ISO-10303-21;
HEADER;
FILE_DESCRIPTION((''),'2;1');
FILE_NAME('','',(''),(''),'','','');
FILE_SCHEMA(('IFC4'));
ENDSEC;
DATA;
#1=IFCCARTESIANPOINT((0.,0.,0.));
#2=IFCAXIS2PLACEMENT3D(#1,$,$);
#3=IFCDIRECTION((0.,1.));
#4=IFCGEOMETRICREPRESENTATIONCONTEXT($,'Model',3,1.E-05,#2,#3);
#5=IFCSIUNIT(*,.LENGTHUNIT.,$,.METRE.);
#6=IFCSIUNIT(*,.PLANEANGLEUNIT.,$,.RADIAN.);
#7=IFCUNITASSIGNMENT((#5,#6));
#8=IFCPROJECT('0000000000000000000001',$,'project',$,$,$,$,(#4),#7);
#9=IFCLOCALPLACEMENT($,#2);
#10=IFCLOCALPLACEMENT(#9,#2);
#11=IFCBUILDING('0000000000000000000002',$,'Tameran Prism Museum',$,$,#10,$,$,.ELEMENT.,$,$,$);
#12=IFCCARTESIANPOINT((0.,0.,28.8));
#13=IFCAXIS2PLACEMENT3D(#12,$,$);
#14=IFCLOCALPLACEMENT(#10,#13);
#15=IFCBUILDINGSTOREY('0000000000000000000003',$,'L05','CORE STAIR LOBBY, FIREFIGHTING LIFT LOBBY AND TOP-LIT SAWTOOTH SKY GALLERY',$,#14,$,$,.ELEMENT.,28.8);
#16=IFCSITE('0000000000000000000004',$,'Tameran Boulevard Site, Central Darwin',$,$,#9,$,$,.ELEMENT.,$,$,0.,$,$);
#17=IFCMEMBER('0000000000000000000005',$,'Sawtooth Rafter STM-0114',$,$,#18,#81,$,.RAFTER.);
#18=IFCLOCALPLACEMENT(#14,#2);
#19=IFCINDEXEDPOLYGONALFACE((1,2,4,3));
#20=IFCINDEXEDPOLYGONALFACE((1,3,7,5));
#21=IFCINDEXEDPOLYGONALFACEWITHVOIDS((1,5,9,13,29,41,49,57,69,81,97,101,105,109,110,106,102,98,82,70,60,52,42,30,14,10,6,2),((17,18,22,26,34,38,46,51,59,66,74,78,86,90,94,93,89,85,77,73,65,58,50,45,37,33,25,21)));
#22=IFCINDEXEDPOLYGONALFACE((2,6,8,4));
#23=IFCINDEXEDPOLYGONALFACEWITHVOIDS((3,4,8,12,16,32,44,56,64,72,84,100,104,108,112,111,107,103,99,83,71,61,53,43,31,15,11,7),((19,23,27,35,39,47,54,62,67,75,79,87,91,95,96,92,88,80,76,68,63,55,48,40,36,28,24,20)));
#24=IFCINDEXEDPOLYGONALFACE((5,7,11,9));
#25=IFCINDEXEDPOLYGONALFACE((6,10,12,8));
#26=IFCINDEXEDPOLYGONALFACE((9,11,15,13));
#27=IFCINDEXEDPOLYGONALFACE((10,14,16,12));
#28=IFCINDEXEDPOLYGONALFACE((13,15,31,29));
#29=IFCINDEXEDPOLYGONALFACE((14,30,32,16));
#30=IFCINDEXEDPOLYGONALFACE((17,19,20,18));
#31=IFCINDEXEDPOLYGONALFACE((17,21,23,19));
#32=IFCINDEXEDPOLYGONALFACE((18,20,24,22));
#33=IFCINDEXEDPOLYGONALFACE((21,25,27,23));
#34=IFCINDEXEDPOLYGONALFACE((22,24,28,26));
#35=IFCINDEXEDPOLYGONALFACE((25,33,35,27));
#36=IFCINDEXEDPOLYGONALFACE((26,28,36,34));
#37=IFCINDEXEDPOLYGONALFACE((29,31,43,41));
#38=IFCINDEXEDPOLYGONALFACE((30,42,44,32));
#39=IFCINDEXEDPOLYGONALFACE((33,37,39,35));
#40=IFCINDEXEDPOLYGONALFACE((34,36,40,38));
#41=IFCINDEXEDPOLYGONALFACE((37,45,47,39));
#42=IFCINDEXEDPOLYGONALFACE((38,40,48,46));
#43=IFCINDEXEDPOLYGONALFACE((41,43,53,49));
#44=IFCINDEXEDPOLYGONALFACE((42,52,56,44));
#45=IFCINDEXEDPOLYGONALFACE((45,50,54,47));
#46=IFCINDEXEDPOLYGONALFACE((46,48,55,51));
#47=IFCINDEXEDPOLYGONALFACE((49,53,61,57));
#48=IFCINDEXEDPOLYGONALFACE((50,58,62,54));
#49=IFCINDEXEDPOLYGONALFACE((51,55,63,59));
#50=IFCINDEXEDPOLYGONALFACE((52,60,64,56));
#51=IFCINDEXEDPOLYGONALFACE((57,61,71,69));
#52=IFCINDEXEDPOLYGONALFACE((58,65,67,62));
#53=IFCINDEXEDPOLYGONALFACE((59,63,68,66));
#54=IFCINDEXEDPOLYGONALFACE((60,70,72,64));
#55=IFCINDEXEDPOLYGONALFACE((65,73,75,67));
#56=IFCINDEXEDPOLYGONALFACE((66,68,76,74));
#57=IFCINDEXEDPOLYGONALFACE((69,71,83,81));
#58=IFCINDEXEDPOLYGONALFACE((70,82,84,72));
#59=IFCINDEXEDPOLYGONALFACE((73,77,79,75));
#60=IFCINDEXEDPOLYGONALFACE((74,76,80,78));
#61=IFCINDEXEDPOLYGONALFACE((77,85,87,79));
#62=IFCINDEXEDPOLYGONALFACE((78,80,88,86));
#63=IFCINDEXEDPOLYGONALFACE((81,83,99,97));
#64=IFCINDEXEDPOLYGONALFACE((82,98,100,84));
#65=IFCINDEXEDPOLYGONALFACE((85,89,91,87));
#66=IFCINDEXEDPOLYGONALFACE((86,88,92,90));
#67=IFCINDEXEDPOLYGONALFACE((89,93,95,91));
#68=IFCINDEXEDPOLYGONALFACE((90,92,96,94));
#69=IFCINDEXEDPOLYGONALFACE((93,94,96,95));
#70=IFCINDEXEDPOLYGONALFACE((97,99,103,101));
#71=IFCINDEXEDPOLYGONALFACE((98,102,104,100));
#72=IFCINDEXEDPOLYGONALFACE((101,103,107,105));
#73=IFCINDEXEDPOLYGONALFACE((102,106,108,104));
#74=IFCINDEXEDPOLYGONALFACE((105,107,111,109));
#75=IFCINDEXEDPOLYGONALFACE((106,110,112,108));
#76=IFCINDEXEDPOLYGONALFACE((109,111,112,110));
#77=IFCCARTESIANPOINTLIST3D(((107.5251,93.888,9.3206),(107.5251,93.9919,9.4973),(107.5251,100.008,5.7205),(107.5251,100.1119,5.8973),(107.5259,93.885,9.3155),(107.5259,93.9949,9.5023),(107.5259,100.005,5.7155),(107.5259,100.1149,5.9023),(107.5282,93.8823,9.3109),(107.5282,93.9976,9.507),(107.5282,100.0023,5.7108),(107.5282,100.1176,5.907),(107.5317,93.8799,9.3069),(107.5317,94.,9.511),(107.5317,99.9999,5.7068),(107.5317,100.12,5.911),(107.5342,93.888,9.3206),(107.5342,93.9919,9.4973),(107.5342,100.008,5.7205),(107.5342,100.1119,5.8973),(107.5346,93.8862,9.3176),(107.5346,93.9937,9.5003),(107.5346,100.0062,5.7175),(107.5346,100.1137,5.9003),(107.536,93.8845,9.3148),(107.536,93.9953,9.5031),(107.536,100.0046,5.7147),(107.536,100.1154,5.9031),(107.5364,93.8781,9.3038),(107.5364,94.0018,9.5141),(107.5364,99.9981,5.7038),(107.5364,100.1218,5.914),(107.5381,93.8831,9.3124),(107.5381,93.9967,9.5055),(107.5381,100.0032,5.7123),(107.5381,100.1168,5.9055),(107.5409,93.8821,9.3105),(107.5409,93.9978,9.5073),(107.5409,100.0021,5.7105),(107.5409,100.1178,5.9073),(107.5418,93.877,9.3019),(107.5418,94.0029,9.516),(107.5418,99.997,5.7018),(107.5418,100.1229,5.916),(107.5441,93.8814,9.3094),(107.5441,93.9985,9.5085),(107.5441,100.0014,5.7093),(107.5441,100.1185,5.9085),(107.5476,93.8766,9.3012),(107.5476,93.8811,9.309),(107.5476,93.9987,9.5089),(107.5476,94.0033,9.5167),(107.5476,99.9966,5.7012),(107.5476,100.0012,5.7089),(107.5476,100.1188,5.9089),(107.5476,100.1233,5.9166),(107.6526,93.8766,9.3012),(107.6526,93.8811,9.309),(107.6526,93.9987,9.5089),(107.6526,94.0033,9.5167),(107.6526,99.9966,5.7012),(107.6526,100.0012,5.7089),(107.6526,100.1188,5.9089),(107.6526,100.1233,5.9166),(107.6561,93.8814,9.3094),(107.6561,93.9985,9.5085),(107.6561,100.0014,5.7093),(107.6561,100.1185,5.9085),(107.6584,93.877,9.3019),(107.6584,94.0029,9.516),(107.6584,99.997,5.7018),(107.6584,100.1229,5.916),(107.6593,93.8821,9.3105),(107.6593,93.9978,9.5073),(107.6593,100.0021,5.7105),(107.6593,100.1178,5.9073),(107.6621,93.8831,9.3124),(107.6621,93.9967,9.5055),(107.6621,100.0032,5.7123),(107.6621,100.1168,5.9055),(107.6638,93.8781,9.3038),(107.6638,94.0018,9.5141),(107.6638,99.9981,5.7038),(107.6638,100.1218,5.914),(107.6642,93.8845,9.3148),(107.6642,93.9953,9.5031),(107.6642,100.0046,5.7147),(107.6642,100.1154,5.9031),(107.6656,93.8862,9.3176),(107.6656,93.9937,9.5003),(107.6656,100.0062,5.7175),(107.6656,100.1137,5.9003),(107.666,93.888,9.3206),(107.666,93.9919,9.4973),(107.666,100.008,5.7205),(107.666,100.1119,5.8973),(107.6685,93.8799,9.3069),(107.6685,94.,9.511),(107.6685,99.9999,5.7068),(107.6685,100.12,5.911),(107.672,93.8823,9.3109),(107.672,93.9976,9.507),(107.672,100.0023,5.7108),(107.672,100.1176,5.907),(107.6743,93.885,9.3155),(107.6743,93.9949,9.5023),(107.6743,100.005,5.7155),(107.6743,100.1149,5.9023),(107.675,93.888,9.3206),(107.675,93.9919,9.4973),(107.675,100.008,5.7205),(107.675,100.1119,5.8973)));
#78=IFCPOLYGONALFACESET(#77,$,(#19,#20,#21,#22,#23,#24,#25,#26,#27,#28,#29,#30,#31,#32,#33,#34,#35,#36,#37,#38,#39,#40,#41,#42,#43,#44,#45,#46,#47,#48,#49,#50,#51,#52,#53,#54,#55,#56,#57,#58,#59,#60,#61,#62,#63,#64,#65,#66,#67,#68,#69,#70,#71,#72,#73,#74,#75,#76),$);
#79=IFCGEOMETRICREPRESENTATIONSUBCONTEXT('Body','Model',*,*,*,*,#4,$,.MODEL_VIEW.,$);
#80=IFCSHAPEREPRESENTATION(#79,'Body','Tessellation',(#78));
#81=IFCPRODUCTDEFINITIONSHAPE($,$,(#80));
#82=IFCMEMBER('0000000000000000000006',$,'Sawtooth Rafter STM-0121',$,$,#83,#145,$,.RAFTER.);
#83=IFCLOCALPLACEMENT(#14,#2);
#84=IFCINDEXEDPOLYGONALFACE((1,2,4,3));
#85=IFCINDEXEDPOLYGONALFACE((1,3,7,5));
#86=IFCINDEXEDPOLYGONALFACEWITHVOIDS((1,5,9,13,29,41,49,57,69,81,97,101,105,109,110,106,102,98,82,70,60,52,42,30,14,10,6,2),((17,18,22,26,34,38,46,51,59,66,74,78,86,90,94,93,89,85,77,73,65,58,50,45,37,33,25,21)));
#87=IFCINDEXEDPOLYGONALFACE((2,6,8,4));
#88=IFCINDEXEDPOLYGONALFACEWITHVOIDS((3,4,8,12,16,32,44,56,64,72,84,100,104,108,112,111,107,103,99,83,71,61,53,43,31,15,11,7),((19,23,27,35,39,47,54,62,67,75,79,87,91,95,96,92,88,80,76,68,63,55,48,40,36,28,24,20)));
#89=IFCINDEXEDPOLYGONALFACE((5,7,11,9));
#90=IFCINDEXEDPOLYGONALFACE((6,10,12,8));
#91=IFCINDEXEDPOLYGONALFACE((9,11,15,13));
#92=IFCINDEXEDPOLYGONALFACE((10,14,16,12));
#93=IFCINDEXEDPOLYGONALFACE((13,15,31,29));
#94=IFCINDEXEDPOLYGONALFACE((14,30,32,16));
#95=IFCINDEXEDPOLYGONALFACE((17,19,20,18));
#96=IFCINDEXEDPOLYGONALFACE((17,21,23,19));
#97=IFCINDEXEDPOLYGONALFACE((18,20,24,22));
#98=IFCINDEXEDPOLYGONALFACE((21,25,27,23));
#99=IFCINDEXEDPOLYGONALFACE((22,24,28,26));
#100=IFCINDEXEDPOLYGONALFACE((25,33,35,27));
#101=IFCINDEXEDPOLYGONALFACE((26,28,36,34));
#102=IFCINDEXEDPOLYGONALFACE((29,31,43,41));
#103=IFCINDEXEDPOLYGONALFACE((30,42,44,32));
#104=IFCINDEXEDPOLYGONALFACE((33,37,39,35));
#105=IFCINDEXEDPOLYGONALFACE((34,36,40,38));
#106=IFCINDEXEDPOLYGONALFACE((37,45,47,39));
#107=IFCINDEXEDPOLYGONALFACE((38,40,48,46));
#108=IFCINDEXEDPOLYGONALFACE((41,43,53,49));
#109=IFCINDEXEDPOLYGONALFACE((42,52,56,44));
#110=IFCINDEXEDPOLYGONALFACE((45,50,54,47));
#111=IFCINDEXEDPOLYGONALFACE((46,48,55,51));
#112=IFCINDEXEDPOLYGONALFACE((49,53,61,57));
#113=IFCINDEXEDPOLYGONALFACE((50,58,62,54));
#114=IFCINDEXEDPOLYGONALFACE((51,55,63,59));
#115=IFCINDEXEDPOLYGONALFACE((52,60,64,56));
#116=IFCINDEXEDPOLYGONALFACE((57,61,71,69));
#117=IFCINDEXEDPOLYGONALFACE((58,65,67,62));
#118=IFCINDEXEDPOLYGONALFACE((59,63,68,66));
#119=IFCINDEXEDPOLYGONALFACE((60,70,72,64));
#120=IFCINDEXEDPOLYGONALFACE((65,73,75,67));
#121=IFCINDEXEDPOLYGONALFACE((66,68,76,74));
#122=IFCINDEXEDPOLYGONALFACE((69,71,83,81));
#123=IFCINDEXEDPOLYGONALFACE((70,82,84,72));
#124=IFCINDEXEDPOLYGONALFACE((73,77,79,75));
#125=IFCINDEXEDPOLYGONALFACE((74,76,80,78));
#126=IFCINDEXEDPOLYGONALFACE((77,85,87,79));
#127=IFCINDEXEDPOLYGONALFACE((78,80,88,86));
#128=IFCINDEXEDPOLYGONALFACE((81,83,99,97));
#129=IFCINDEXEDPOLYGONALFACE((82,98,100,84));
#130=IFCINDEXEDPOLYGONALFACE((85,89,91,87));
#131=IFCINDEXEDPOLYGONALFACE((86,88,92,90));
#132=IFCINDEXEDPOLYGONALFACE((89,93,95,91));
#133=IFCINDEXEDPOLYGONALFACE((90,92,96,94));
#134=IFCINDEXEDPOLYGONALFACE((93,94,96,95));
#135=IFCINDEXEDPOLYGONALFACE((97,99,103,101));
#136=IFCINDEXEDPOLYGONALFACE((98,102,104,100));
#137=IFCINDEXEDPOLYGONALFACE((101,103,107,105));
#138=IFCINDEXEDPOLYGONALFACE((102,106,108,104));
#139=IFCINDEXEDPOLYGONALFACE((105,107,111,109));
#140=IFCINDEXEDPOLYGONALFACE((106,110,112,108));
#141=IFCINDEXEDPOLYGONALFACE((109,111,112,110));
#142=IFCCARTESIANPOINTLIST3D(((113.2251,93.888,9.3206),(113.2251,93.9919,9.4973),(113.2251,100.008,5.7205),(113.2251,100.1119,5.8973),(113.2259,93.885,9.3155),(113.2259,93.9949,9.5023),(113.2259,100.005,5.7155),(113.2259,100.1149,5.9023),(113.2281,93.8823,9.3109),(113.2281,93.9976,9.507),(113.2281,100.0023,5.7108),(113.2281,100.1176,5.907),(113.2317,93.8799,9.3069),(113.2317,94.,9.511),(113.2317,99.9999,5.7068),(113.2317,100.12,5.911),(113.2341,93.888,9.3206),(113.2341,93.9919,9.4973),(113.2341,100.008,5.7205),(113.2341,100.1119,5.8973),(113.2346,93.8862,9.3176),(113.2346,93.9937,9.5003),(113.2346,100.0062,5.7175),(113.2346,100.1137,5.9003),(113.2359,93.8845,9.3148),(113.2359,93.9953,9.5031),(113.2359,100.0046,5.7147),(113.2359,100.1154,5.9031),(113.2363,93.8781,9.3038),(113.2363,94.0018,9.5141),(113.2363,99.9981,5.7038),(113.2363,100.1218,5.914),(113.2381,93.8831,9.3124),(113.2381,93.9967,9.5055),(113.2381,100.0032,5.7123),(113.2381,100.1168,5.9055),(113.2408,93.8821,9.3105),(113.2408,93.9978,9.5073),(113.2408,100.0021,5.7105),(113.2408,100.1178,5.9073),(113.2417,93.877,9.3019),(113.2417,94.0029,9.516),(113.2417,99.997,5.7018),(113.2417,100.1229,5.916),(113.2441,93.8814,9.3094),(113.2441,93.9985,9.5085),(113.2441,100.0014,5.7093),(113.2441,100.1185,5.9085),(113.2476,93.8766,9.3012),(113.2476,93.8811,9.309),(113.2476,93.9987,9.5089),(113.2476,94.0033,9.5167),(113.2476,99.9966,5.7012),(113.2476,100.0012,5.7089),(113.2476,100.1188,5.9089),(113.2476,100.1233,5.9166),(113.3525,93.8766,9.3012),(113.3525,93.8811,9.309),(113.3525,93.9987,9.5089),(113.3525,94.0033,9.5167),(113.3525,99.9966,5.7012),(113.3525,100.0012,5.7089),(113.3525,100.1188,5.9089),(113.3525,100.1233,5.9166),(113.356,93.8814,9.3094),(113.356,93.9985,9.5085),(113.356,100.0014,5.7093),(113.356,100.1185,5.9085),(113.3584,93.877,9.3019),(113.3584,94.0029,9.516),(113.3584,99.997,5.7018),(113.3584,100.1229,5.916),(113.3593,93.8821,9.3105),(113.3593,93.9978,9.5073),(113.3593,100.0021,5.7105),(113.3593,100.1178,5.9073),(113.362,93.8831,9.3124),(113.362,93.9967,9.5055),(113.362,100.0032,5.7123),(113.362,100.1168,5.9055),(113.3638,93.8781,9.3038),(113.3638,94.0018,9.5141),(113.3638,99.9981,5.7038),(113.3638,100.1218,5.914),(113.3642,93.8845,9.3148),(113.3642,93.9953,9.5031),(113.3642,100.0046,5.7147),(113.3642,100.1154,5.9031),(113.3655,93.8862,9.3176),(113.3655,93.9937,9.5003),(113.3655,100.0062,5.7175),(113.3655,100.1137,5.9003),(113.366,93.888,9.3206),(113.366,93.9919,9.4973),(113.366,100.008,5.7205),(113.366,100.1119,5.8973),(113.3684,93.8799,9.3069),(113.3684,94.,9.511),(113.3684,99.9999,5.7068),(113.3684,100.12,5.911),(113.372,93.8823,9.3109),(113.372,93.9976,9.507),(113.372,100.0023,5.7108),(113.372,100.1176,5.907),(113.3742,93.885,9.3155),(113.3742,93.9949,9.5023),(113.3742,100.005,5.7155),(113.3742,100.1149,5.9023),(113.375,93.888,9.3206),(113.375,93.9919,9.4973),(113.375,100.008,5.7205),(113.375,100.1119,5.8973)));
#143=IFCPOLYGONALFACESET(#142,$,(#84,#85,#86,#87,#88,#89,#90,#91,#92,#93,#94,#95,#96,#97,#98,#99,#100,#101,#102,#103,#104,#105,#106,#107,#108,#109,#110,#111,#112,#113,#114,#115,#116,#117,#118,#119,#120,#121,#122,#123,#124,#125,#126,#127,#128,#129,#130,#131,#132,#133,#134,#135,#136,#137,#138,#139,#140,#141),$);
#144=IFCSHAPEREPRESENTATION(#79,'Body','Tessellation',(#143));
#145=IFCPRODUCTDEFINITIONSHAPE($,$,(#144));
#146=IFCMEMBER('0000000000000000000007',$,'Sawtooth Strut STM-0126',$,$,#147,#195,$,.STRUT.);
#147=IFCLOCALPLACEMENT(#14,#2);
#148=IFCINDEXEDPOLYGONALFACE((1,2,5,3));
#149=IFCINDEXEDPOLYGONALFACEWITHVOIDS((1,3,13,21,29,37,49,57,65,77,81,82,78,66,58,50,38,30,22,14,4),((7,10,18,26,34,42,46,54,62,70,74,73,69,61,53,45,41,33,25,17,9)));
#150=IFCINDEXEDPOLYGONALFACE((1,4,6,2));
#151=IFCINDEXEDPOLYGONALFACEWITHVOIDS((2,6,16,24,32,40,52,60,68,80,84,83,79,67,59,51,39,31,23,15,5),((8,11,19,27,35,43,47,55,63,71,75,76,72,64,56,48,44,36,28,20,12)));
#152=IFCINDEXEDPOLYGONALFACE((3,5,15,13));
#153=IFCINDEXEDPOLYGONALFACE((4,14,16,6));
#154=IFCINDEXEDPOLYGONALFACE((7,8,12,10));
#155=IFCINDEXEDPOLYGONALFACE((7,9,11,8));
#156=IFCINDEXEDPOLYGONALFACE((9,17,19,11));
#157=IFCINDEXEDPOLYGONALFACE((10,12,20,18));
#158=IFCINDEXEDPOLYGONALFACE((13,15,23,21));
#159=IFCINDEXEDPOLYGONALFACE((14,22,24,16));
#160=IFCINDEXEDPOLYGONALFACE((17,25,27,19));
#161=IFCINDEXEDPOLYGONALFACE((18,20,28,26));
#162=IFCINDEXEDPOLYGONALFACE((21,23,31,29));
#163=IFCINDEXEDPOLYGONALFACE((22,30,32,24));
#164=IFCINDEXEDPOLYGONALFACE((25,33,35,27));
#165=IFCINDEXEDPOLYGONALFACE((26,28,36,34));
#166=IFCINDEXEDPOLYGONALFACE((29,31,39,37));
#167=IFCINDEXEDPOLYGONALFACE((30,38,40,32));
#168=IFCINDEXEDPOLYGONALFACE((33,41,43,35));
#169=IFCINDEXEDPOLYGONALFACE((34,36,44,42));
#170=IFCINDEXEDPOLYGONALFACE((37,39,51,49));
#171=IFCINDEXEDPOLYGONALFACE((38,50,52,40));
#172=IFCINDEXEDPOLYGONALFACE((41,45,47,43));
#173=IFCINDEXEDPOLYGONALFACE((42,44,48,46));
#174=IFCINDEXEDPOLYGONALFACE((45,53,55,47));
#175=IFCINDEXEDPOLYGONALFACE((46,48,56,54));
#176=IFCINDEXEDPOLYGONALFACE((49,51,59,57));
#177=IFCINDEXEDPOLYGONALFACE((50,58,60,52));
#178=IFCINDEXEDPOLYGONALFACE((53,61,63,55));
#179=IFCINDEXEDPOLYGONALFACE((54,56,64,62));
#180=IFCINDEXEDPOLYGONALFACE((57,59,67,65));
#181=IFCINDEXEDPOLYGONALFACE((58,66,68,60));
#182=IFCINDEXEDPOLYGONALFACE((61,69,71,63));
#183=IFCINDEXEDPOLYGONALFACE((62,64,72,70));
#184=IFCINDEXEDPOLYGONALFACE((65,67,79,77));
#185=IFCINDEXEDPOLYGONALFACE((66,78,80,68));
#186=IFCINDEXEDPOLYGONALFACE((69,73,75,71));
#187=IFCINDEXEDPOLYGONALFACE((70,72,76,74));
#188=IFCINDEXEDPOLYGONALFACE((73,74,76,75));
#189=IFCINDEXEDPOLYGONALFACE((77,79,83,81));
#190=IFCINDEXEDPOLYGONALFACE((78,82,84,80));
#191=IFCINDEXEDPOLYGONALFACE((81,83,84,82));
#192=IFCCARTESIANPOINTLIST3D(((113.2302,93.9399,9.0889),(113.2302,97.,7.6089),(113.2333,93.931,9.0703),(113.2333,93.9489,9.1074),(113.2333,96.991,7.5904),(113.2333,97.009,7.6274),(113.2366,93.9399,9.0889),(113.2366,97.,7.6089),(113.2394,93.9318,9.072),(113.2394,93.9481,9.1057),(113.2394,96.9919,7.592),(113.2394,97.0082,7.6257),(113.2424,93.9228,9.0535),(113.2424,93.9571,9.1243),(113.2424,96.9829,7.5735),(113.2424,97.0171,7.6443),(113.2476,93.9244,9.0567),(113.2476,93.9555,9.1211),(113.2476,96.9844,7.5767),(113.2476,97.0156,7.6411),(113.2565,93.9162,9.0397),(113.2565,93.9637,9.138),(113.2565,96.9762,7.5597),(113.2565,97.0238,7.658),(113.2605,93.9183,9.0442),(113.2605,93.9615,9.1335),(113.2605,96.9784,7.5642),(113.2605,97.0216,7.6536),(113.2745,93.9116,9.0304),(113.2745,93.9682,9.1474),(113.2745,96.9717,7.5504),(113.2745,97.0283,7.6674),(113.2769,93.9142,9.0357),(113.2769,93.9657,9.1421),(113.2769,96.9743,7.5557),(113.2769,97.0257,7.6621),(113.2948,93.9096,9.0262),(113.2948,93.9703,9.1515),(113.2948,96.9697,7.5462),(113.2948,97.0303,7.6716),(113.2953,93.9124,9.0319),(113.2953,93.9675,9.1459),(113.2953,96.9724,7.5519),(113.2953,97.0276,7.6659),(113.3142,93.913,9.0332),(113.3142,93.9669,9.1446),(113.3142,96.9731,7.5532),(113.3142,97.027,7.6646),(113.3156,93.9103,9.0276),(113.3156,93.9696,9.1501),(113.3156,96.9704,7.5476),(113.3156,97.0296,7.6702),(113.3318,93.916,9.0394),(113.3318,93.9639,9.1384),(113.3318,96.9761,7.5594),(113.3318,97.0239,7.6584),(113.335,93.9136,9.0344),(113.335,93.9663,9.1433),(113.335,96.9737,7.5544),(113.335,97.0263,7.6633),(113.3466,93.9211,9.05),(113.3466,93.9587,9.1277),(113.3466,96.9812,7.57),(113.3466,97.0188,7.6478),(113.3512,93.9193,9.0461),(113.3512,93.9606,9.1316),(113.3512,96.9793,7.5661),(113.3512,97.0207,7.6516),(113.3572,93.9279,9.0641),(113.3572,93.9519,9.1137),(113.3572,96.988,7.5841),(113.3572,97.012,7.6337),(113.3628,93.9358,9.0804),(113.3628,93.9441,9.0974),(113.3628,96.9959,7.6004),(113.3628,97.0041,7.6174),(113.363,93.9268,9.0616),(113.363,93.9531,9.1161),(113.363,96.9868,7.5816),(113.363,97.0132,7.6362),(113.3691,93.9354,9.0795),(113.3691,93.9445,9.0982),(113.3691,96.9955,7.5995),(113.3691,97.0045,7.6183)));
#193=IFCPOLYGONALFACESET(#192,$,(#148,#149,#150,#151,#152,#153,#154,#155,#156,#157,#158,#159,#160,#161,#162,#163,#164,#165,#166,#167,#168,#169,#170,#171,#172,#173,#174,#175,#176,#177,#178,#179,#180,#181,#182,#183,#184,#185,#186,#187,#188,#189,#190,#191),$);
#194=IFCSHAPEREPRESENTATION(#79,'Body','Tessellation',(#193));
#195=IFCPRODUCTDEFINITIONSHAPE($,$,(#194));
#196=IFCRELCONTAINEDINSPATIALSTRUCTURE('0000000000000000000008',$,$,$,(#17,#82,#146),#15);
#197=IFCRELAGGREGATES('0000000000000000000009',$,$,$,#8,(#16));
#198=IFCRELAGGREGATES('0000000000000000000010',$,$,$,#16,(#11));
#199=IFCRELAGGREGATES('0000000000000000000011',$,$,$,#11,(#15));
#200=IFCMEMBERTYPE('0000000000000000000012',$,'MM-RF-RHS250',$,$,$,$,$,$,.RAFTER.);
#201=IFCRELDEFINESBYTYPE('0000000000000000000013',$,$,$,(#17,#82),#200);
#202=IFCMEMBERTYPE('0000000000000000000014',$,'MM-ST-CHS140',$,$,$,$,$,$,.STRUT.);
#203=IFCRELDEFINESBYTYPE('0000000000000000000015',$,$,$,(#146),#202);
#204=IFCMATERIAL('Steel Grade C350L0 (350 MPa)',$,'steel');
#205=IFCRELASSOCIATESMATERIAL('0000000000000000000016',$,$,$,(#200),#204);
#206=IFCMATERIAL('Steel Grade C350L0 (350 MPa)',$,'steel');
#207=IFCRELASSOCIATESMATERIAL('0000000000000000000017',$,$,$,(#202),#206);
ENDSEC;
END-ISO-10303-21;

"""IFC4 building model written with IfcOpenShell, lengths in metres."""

from ifc_helpers import new_model, si_unit, direction, frame, origin, origin_2d, place, context, subcontext, project, spatial, hollow_rectangle, hollow_circle, extrude, material, material_profile, profile_set, type_object, element, save


model = new_model("IFC4")

# Units and contexts
model_context = context("Model", 3, precision=1e-05, world=origin(), true_north=direction((0.0, 1.0)))
body_context = subcontext(model_context, "Body", "Model", "MODEL_VIEW")
ifc_project = project(units=[si_unit("LENGTHUNIT", "METRE"), si_unit("PLANEANGLEUNIT", "RADIAN")], contexts=[model_context])

# Site, building, storey
site_placement = place(None, origin())
site = spatial("IfcSite", under=ifc_project, at=site_placement, Name="Tameran Boulevard Site, Central Darwin", CompositionType="ELEMENT", RefElevation=0.0)
building_placement = place(site_placement, origin())
building = spatial("IfcBuilding", under=site, at=building_placement, Name="Tameran Prism Museum", CompositionType="ELEMENT")
storey_placement = place(building_placement, frame((0.0, 0.0, 28.8)))
storey = spatial("IfcBuildingStorey", under=building, at=storey_placement, Name="L05", Description="CORE STAIR LOBBY, FIREFIGHTING LIFT LOBBY AND TOP-LIT SAWTOOTH SKY GALLERY", CompositionType="ELEMENT", Elevation=28.8)

# Members
ifc_material_1 = material(Name="Steel Grade C350L0 (350 MPa)", Category="steel")
ifc_material_profile_1 = material_profile(ifc_material_1, hollow_rectangle(XDim=0.1499, YDim=0.25, WallThickness=0.009, InnerFilletRadius=0.0134, OuterFilletRadius=0.0225, at=origin_2d()))
ifc_profile_set_1 = profile_set([ifc_material_profile_1])
member_type_1 = type_object("IfcMemberType", Name="MM-RF-RHS250", PredefinedType="RAFTER", material=ifc_profile_set_1)
for number, where, z_axis, x_axis, name in (
    (1, (107.6001, 93.9399, 9.4089), (0.0, 0.861932, -0.507023), (-1.0, 0.0, 0.0), "Sawtooth Rafter STM-0114"),
    (2, (113.3, 93.9399, 9.4089), (0.0, 0.861932, -0.507023), (-1.0, 0.0, 0.0), "Sawtooth Rafter STM-0121"),
):
    element("IfcMember", number, at=place(storey_placement, frame(where, z_axis=z_axis, x_axis=x_axis)), inside=storey, type_object=member_type_1, Name=name, PredefinedType="RAFTER", context=body_context, shape_type="SweptSolid", body=[
        extrude(hollow_rectangle(XDim=0.1499, YDim=0.25, WallThickness=0.009, InnerFilletRadius=0.0134, OuterFilletRadius=0.0225, at=origin_2d()), origin(), (0.0, 0.0, 1.0), 7.1003),
    ])
ifc_material_2 = material(Name="Steel Grade C350L0 (350 MPa)", Category="steel")
ifc_material_profile_2 = material_profile(ifc_material_2, hollow_circle(Radius=0.0698, WallThickness=0.0063, at=origin_2d()))
ifc_profile_set_2 = profile_set([ifc_material_profile_2])
member_type_2 = type_object("IfcMemberType", Name="MM-ST-CHS140", PredefinedType="STRUT", material=ifc_profile_set_2)
member_1_placement = place(storey_placement, frame((113.3, 93.9399, 9.0889), z_axis=(0.0, 0.900239, -0.435396), x_axis=(-1.0, 0.0, 0.0)))
element("IfcMember", 3, at=member_1_placement, inside=storey, type_object=member_type_2, Name="Sawtooth Strut STM-0126", PredefinedType="STRUT", context=body_context, shape_type="SweptSolid", body=[
    extrude(hollow_circle(Radius=0.0698, WallThickness=0.0063, at=origin_2d()), origin(), (0.0, 0.0, 1.0), 3.3992),
])

save(model, "model.ifc")
